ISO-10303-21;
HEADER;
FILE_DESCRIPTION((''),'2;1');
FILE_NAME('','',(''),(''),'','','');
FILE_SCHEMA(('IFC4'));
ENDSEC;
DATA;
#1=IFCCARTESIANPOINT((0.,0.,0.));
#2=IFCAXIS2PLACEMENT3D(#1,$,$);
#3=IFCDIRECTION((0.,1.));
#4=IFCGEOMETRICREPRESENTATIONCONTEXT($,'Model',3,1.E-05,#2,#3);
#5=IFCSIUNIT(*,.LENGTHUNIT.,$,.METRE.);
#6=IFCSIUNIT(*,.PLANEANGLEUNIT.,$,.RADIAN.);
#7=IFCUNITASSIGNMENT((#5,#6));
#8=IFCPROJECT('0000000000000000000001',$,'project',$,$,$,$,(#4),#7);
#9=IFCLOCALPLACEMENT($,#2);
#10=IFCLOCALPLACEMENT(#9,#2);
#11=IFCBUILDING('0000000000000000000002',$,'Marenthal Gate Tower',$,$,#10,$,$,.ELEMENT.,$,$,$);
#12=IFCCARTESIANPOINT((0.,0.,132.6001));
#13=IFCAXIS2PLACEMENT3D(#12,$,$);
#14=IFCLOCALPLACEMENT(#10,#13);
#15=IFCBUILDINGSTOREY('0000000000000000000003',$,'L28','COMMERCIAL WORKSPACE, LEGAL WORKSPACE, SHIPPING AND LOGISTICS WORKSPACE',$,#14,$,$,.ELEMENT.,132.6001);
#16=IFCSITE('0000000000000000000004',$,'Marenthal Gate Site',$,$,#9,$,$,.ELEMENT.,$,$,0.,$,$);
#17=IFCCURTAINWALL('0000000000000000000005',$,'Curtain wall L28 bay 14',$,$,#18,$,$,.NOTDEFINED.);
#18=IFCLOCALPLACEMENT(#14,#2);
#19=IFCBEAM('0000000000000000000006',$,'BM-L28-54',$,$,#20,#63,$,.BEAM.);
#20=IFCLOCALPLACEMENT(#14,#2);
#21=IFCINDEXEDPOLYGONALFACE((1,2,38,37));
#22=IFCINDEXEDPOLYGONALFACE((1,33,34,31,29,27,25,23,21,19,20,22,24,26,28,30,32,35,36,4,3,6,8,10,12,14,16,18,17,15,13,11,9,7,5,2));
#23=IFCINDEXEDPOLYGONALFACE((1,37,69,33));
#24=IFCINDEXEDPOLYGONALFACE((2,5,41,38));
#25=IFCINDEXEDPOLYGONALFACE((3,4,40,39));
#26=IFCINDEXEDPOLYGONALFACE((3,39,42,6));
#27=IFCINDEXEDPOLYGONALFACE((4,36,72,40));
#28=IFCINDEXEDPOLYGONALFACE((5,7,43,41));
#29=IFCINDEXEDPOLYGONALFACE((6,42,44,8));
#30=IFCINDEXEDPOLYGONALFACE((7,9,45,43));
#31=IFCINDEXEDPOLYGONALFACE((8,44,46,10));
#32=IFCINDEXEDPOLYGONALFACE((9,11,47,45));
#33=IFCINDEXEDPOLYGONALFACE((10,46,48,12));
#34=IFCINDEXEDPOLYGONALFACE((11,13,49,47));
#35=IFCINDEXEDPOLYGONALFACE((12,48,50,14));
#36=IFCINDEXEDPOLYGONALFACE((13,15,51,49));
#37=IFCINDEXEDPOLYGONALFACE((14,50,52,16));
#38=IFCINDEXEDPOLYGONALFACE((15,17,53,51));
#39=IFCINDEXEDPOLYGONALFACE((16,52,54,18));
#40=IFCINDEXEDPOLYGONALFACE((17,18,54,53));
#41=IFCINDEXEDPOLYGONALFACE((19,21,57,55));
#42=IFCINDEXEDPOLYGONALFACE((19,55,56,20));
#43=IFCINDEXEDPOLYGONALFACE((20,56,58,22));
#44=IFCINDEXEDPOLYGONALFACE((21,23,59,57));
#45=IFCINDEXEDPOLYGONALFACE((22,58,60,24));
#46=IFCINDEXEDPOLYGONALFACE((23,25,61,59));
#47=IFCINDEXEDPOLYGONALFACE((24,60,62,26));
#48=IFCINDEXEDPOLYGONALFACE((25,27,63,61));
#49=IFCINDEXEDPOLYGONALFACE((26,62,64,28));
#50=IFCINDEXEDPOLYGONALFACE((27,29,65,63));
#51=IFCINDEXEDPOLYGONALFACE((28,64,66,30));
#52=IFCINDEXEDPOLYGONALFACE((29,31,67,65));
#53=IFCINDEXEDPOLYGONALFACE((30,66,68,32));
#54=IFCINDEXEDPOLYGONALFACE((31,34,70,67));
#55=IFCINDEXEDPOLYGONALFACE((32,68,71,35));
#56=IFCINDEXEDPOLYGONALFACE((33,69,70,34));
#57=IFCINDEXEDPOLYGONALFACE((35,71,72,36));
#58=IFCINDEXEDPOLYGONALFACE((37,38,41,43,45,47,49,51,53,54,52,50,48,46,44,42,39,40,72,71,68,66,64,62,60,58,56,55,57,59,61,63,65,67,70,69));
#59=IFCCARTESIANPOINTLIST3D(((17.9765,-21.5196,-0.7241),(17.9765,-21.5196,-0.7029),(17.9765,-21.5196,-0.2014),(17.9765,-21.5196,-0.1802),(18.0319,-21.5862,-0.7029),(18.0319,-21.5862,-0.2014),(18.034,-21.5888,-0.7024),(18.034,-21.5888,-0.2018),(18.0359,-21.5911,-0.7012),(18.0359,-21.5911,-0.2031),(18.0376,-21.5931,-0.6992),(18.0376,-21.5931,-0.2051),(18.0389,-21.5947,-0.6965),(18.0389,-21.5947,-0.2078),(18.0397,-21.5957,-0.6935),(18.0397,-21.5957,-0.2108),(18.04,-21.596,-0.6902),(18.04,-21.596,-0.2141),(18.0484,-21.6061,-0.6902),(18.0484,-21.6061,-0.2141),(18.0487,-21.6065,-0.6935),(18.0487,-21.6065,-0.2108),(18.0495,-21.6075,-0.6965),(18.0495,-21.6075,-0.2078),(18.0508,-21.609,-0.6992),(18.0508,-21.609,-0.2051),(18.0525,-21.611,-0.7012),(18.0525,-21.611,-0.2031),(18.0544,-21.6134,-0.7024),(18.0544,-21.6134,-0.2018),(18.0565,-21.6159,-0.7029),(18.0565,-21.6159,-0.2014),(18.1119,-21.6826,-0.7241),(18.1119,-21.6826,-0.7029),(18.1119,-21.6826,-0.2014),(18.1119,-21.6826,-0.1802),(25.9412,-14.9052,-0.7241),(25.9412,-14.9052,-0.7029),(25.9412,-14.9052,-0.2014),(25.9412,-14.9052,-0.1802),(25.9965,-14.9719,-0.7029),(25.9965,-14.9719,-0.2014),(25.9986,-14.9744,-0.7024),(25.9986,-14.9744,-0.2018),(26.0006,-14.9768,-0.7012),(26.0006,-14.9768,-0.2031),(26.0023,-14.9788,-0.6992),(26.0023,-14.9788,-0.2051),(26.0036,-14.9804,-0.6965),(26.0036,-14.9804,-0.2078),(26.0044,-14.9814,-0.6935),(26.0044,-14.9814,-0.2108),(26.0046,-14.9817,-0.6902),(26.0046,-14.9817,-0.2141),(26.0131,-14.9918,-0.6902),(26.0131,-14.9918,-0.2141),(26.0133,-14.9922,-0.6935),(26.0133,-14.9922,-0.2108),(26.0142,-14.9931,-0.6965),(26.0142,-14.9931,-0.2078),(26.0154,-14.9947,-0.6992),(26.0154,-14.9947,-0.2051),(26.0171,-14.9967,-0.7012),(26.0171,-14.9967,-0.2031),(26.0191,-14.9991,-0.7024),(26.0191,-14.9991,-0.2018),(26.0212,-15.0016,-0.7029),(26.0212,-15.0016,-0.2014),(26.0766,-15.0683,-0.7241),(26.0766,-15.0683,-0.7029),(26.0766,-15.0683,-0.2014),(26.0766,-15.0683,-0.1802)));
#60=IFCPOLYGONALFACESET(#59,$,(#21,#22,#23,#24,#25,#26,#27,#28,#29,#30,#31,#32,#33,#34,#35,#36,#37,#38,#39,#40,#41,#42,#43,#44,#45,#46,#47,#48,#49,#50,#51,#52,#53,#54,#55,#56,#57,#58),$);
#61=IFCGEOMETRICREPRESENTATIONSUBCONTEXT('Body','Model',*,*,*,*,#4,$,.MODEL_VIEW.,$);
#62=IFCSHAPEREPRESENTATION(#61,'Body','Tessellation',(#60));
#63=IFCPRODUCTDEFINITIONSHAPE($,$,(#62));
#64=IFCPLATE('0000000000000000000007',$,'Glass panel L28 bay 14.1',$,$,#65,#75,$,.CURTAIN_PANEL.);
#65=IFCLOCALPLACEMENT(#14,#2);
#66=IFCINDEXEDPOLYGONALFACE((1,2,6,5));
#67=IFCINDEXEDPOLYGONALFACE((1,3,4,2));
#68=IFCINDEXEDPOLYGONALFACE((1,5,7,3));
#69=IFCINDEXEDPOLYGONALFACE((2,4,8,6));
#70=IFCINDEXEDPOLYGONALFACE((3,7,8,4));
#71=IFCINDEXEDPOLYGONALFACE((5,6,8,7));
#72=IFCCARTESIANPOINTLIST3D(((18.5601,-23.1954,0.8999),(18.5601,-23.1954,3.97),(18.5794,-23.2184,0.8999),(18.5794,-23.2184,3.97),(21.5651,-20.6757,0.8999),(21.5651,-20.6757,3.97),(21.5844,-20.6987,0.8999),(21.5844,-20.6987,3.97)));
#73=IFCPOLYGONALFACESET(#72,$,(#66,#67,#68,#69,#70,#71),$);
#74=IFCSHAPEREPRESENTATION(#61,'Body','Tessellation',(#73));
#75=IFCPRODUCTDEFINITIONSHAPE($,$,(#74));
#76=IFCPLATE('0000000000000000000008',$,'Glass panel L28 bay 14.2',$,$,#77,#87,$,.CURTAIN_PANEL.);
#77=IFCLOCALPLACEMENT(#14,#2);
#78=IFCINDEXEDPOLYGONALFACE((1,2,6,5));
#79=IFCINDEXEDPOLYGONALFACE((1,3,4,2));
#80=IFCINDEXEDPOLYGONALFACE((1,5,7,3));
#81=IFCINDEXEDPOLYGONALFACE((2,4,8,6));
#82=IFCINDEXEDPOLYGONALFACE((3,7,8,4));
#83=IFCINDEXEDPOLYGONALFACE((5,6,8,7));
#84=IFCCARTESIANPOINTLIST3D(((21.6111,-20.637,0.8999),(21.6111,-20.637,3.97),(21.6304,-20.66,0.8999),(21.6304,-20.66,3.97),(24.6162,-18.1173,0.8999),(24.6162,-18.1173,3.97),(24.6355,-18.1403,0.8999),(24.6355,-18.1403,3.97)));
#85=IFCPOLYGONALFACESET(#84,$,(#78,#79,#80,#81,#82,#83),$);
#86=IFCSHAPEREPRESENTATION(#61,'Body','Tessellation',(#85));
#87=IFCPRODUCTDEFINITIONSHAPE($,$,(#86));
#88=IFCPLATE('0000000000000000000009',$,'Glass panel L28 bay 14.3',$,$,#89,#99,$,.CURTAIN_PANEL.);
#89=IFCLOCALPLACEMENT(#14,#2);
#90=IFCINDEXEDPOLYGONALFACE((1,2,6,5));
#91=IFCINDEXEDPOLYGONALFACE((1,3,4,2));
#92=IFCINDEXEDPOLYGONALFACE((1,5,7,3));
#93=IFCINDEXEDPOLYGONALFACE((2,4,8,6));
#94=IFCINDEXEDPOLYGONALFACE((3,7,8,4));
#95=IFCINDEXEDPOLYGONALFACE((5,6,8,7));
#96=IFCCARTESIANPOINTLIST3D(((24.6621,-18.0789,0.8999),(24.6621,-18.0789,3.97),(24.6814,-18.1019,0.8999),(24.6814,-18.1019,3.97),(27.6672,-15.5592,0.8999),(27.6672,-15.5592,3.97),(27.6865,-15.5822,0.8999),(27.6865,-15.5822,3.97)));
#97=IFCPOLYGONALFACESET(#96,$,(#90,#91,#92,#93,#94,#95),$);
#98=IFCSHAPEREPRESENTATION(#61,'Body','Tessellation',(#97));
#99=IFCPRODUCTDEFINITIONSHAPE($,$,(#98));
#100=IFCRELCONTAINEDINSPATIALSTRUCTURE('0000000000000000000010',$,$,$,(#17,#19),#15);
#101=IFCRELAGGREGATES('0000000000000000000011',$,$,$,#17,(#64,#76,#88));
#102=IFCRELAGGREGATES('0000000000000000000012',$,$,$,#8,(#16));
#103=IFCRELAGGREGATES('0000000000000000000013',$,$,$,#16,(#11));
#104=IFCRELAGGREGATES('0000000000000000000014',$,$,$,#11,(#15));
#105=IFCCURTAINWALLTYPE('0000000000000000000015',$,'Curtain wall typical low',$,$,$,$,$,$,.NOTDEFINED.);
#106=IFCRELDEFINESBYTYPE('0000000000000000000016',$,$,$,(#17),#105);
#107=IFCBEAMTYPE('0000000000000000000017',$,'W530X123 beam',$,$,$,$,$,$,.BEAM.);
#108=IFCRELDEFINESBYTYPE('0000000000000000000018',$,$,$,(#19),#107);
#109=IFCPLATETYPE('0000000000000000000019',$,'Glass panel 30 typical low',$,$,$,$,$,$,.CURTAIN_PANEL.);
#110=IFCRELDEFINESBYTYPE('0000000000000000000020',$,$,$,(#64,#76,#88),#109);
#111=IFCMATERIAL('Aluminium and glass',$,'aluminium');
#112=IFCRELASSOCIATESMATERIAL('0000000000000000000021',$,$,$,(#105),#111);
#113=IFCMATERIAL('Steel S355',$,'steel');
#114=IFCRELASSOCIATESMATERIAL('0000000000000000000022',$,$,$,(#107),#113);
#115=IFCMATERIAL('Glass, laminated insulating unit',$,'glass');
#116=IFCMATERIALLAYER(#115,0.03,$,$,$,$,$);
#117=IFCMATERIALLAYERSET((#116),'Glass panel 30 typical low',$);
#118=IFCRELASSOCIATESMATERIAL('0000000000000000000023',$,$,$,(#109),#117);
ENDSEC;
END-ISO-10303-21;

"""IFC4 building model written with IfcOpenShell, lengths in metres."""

from ifc_helpers import new_model, si_unit, direction, frame, origin, origin_2d, place, context, subcontext, project, spatial, rectangle, i_section, extrude, material, layer, layer_set, material_profile, profile_set, type_object, element, aggregate, save


model = new_model("IFC4")

# Units and contexts
model_context = context("Model", 3, precision=1e-05, world=origin(), true_north=direction((0.0, 1.0)))
body_context = subcontext(model_context, "Body", "Model", "MODEL_VIEW")
ifc_project = project(units=[si_unit("LENGTHUNIT", "METRE"), si_unit("PLANEANGLEUNIT", "RADIAN")], contexts=[model_context])

# Site, building, storey
site_placement = place(None, origin())
site = spatial("IfcSite", under=ifc_project, at=site_placement, Name="Marenthal Gate Site", CompositionType="ELEMENT", RefElevation=0.0)
building_placement = place(site_placement, origin())
building = spatial("IfcBuilding", under=site, at=building_placement, Name="Marenthal Gate Tower", CompositionType="ELEMENT")
storey_placement = place(building_placement, frame((0.0, 0.0, 132.6001)))
storey = spatial("IfcBuildingStorey", under=building, at=storey_placement, Name="L28", Description="COMMERCIAL WORKSPACE, LEGAL WORKSPACE, SHIPPING AND LOGISTICS WORKSPACE", CompositionType="ELEMENT", Elevation=132.6001)

# Curtain wall
ifc_material_1 = material(Name="Aluminium and glass", Category="aluminium")
curtain_wall_type = type_object("IfcCurtainWallType", Name="Curtain wall typical low", PredefinedType="NOTDEFINED", material=ifc_material_1)
curtain_wall_placement = place(storey_placement, origin())
curtain_wall = element("IfcCurtainWall", 1, at=curtain_wall_placement, inside=storey, type_object=curtain_wall_type, Name="Curtain wall L28 bay 14", PredefinedType="NOTDEFINED")

# Beam
ifc_material_2 = material(Name="Steel S355", Category="steel")
ifc_material_profile_1 = material_profile(ifc_material_2, i_section(OverallWidth=0.2119, OverallDepth=0.5439, WebThickness=0.0132, FlangeThickness=0.0212, FilletRadius=0.0127, at=origin_2d()), Name="W530X123")
ifc_profile_set_1 = profile_set([ifc_material_profile_1], Name="Steel S355")
beam_type_1 = type_object("IfcBeamType", Name="W530X123 beam", PredefinedType="BEAM", material=ifc_profile_set_1)
beam_1_placement = place(storey_placement, frame((18.0442, -21.6011, -0.4521), z_axis=(0.769308, 0.638878, 0.0), x_axis=(-0.638878, 0.769308, 0.0)))
element("IfcBeam", 2, at=beam_1_placement, inside=storey, type_object=beam_type_1, Name="BM-L28-54", PredefinedType="BEAM", context=body_context, shape_type="SweptSolid", body=[
    extrude(i_section(OverallWidth=0.2119, OverallDepth=0.5439, WebThickness=0.0132, FlangeThickness=0.0212, FilletRadius=0.0127, at=origin_2d()), origin(), (0.0, 0.0, 1.0), 10.353),
])

# Plates
ifc_material_3 = material(Name="Glass, laminated insulating unit", Category="glass")
ifc_layer_1 = layer(ifc_material_3, 0.03)
ifc_layer_set_1 = layer_set([ifc_layer_1], Name="Glass panel 30 typical low")
plate_type = type_object("IfcPlateType", Name="Glass panel 30 typical low", PredefinedType="CURTAIN_PANEL", material=ifc_layer_set_1)
plate_1_placement = place(storey_placement, frame((20.0723, -21.947, 0.8999), z_axis=(0.0, 0.0, 1.0), x_axis=(0.766277, 0.642511, 0.0)))
plate_1 = element("IfcPlate", 3, at=plate_1_placement, type_object=plate_type, Name="Glass panel L28 bay 14.1", PredefinedType="CURTAIN_PANEL", context=body_context, shape_type="SweptSolid", body=[
    extrude(rectangle(XDim=3.9216, YDim=0.03, at=origin_2d()), origin(), (0.0, 0.0, 1.0), 3.0701),
])
plate_2_placement = place(storey_placement, frame((23.1233, -19.3887, 0.8999), z_axis=(0.0, 0.0, 1.0), x_axis=(0.766277, 0.642511, 0.0)))
plate_2 = element("IfcPlate", 4, at=plate_2_placement, type_object=plate_type, Name="Glass panel L28 bay 14.2", PredefinedType="CURTAIN_PANEL", context=body_context, shape_type="SweptSolid", body=[
    extrude(rectangle(XDim=3.9216, YDim=0.03, at=origin_2d()), origin(), (0.0, 0.0, 1.0), 3.0701),
])
plate_3_placement = place(storey_placement, frame((26.1743, -16.8306, 0.8999), z_axis=(0.0, 0.0, 1.0), x_axis=(0.766277, 0.642511, 0.0)))
plate_3 = element("IfcPlate", 5, at=plate_3_placement, type_object=plate_type, Name="Glass panel L28 bay 14.3", PredefinedType="CURTAIN_PANEL", context=body_context, shape_type="SweptSolid", body=[
    extrude(rectangle(XDim=3.9216, YDim=0.03, at=origin_2d()), origin(), (0.0, 0.0, 1.0), 3.0701),
])
aggregate(curtain_wall, [plate_1, plate_2, plate_3])

save(model, "model.ifc")
